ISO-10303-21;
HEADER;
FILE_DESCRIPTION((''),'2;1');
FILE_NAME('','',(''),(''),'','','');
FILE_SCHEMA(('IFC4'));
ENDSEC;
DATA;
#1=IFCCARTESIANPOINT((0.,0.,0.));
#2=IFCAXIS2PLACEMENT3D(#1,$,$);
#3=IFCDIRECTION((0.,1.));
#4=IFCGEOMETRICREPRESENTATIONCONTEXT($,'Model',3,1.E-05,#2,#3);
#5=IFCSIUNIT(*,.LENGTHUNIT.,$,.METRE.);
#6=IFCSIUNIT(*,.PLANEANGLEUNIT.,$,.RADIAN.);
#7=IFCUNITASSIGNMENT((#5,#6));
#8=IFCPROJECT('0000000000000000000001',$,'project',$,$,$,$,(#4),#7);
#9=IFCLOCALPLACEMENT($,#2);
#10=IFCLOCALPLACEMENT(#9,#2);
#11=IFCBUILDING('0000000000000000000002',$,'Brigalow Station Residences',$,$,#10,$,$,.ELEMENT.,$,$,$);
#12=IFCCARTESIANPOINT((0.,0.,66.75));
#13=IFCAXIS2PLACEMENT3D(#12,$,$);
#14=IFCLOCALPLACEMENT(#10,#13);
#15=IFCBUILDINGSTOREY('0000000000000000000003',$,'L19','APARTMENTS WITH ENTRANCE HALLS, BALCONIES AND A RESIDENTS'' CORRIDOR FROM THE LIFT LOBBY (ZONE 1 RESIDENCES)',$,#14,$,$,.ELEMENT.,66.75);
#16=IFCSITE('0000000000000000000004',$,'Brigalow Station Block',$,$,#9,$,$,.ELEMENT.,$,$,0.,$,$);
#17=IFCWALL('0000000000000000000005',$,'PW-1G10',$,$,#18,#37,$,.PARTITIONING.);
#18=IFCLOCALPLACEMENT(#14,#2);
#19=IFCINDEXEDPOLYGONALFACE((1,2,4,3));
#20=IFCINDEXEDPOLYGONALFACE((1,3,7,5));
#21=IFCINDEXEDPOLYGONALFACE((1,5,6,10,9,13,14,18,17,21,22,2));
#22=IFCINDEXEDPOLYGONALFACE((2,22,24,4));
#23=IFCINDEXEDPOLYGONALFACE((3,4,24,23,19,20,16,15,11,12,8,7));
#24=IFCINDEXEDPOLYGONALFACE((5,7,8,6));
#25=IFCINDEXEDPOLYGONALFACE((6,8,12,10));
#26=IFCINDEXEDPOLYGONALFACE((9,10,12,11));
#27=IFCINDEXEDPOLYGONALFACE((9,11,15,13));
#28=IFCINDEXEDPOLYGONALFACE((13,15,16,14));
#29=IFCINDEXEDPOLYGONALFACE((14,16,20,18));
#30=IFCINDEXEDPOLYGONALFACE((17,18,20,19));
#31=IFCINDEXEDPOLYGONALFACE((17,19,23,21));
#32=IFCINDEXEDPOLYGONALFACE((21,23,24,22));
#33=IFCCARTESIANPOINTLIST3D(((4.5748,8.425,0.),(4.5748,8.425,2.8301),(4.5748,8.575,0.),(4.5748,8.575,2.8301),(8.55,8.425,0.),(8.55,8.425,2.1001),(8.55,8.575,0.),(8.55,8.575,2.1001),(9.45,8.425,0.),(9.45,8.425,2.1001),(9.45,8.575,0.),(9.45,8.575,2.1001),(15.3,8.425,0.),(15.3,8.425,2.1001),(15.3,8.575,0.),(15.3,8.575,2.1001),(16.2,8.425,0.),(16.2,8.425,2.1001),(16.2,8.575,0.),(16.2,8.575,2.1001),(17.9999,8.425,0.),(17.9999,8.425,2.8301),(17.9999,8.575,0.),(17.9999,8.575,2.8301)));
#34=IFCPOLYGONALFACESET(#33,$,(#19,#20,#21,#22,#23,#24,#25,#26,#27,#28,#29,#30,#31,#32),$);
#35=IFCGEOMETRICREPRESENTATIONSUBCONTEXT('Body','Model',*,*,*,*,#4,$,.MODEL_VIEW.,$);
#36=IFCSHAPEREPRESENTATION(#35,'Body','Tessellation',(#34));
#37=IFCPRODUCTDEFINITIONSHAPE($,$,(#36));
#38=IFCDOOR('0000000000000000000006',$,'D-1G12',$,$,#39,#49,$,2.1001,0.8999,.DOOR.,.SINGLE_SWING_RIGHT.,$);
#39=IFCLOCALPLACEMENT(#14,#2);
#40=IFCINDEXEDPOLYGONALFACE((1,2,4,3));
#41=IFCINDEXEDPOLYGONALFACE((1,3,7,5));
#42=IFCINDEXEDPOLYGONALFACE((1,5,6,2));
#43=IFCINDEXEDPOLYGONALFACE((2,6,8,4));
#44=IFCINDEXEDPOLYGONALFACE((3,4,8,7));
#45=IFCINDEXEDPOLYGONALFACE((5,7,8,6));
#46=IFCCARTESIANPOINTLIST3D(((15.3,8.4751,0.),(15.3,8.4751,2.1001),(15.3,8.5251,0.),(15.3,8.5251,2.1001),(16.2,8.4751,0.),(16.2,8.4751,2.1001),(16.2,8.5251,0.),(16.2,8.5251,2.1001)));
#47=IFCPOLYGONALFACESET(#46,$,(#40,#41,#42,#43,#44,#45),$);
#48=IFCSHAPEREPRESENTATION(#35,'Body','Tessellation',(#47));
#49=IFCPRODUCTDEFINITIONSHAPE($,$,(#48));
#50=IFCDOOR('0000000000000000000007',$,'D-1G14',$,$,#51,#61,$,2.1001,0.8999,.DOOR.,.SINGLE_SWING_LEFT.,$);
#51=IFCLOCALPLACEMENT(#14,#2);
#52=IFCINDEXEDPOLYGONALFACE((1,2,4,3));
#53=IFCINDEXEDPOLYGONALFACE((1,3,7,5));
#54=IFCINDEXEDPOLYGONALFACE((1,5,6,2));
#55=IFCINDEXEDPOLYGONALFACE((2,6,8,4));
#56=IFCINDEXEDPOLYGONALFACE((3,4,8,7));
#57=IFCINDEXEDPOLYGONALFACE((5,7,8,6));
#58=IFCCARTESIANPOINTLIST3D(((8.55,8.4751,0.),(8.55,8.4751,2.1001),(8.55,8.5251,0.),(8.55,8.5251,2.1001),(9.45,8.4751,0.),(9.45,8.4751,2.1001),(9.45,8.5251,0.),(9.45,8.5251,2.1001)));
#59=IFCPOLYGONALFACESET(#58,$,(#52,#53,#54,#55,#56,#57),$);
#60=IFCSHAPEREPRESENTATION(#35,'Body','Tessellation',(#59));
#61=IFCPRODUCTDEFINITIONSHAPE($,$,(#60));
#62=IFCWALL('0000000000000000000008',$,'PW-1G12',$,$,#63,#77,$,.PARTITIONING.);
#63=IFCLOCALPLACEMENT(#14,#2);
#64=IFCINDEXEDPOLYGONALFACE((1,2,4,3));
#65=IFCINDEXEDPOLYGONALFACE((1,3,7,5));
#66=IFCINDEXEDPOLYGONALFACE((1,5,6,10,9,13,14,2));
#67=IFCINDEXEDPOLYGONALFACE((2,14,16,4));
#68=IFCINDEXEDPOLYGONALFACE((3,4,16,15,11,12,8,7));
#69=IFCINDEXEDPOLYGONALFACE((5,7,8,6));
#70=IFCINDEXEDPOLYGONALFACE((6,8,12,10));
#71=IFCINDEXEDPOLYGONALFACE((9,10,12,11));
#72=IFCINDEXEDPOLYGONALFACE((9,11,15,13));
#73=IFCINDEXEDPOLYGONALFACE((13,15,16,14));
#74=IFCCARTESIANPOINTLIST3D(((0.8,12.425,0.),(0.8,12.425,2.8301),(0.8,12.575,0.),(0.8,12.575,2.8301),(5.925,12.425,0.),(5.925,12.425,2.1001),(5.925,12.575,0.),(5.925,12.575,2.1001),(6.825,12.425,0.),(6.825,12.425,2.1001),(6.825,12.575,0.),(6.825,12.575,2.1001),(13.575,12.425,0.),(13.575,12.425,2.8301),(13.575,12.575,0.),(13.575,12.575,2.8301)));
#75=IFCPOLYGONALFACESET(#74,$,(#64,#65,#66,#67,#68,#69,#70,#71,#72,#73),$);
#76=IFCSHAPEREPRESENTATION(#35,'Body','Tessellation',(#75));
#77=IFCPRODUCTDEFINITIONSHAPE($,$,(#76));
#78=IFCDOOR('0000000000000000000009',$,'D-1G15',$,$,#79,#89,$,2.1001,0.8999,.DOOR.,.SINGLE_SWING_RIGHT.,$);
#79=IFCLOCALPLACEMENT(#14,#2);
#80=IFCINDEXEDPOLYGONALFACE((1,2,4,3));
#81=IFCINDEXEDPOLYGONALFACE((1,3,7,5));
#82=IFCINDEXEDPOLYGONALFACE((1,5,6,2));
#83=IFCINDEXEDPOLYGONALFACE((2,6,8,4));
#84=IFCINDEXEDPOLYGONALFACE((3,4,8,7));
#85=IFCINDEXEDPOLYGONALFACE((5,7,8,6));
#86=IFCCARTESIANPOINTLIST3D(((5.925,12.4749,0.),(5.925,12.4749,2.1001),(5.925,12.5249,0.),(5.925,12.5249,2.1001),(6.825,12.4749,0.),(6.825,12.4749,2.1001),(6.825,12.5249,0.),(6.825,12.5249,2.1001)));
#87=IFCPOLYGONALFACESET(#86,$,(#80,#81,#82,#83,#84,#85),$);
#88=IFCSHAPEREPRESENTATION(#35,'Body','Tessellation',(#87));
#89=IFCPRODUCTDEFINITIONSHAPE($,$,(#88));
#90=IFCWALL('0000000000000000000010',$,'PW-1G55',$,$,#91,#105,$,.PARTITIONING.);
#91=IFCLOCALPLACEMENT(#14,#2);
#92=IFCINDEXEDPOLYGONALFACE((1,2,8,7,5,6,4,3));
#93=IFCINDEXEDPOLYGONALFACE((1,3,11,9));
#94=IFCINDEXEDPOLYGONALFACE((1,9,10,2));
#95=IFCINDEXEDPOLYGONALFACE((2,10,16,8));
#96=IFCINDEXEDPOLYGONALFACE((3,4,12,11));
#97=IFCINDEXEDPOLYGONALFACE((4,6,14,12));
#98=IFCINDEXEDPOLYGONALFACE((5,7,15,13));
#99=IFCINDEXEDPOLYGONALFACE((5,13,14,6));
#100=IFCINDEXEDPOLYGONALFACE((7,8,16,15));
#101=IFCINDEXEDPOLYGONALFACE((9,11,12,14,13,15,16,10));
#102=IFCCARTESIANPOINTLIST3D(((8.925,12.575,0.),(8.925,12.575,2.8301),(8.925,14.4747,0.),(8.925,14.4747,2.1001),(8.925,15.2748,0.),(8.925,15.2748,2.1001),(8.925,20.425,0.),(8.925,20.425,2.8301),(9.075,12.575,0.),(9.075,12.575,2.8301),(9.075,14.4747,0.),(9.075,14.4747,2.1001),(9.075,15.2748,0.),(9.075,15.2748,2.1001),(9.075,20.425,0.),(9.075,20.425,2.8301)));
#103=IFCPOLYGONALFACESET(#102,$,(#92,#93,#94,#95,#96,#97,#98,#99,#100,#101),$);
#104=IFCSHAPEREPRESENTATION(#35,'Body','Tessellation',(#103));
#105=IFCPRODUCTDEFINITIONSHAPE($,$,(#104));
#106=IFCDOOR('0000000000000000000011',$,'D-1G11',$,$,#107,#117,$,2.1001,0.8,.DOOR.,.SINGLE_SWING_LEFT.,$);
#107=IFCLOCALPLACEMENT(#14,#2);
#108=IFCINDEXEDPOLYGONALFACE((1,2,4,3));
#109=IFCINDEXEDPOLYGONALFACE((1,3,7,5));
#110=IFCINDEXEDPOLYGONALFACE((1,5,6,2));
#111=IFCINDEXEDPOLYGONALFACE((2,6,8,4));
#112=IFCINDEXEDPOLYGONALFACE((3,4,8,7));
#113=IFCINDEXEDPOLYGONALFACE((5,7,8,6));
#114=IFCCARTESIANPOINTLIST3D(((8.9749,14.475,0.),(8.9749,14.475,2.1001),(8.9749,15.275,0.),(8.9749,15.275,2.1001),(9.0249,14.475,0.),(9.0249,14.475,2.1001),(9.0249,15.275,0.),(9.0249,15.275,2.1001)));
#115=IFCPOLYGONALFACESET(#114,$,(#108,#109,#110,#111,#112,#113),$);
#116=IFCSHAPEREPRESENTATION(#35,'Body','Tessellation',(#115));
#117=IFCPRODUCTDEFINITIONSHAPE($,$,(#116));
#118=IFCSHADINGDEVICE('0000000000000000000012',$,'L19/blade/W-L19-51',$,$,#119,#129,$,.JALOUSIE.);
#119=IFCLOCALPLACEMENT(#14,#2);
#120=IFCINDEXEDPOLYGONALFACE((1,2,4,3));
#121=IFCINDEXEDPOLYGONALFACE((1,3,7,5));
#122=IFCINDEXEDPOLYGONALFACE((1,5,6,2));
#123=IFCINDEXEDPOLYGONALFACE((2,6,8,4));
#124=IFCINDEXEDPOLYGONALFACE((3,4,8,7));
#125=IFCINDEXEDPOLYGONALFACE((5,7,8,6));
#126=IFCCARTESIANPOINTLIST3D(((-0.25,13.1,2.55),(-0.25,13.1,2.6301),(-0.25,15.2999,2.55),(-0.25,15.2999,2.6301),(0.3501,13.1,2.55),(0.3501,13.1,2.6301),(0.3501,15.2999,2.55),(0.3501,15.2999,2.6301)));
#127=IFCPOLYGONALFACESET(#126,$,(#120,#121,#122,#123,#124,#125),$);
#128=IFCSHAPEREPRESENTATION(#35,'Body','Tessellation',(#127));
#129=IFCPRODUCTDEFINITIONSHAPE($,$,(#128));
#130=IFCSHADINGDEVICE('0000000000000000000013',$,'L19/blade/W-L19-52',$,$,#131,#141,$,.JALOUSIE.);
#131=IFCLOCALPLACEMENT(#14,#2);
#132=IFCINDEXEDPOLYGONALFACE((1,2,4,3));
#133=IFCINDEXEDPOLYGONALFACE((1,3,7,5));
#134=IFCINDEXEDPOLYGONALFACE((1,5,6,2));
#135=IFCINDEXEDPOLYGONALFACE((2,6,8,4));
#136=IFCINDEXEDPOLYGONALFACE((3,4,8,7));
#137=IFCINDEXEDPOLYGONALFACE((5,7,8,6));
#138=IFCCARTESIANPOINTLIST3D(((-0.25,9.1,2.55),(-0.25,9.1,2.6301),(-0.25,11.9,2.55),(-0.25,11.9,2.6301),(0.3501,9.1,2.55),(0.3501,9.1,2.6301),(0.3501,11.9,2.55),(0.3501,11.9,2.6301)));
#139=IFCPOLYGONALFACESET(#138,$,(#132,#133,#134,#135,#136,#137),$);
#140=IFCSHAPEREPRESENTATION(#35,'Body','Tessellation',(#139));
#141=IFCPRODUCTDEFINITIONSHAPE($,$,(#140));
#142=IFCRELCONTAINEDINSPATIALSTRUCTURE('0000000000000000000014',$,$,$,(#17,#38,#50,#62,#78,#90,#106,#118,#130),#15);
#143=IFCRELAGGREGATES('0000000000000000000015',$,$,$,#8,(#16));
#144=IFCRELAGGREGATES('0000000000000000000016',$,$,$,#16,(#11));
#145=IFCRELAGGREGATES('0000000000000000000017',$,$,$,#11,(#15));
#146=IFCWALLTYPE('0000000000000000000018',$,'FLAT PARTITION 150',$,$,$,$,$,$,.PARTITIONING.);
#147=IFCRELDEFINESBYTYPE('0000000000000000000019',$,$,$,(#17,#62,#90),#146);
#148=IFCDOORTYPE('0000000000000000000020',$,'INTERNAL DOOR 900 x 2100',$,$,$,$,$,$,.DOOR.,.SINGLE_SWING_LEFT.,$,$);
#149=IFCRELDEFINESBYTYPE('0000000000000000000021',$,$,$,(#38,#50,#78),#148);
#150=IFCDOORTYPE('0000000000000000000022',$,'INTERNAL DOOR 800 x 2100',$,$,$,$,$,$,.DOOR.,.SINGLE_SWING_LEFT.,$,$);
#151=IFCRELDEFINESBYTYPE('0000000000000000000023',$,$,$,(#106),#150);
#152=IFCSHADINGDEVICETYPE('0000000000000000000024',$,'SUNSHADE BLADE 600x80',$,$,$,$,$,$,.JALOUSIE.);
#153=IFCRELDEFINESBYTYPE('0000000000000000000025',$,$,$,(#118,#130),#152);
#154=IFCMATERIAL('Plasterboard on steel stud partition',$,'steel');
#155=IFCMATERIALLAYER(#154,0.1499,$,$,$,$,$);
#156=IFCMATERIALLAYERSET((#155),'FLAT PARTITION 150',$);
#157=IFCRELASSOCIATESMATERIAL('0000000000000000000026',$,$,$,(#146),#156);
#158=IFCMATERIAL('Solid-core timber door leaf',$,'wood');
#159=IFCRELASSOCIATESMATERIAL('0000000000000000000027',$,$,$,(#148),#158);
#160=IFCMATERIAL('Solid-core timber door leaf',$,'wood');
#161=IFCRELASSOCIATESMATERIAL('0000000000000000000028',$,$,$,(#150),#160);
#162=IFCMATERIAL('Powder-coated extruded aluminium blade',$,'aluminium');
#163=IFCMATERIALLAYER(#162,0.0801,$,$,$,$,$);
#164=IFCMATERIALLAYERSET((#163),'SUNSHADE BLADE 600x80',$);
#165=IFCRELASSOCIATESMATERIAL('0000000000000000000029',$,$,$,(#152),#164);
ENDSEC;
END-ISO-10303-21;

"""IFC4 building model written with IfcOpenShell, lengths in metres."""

from ifc_helpers import new_model, si_unit, direction, frame, frame_2d, origin, origin_2d, place, context, subcontext, project, spatial, rectangle, extrude, material, layer, layer_set, type_object, element, fill, save


model = new_model("IFC4")

# Units and contexts
model_context = context("Model", 3, precision=1e-05, world=origin(), true_north=direction((0.0, 1.0)))
body_context = subcontext(model_context, "Body", "Model", "MODEL_VIEW")
ifc_project = project(units=[si_unit("LENGTHUNIT", "METRE"), si_unit("PLANEANGLEUNIT", "RADIAN")], contexts=[model_context])

# Site, building, storey
site_placement = place(None, origin())
site = spatial("IfcSite", under=ifc_project, at=site_placement, Name="Brigalow Station Block", CompositionType="ELEMENT", RefElevation=0.0)
building_placement = place(site_placement, origin())
building = spatial("IfcBuilding", under=site, at=building_placement, Name="Brigalow Station Residences", CompositionType="ELEMENT")
storey_placement = place(building_placement, frame((0.0, 0.0, 66.75)))
storey = spatial("IfcBuildingStorey", under=building, at=storey_placement, Name="L19", Description="APARTMENTS WITH ENTRANCE HALLS, BALCONIES AND A RESIDENTS' CORRIDOR FROM THE LIFT LOBBY (ZONE 1 RESIDENCES)", CompositionType="ELEMENT", Elevation=66.75)

# Wall, openings, doors
ifc_material_1 = material(Name="Plasterboard on steel stud partition", Category="steel")
ifc_layer_1 = layer(ifc_material_1, 0.1499)
ifc_layer_set_1 = layer_set([ifc_layer_1], Name="FLAT PARTITION 150")
wall_type_1 = type_object("IfcWallType", Name="FLAT PARTITION 150", PredefinedType="PARTITIONING", material=ifc_layer_set_1)
wall_1_placement = place(storey_placement, frame((4.575, 8.5, 0.0), z_axis=(0.0, 0.0, 1.0), x_axis=(1.0, 0.0, 0.0)))
wall_1 = element("IfcWall", 1, at=wall_1_placement, inside=storey, type_object=wall_type_1, Name="PW-1G10", PredefinedType="PARTITIONING", context=body_context, shape_type="SweptSolid", body=[
    extrude(rectangle(XDim=13.425, YDim=0.1499, at=frame_2d((6.7124, 0.0))), origin(), (0.0, 0.0, 1.0), 2.8301),
])
opening_1_placement = place(wall_1_placement, frame((10.7251, 0.0, 0.0)))
opening_1 = element("IfcOpeningElement", 2, at=opening_1_placement, cuts=wall_1, PredefinedType="OPENING", context=body_context, shape_type="SweptSolid", body=[
    extrude(rectangle(XDim=0.8999, YDim=2.1001, at=frame_2d((0.45, 1.05))), frame((0.0, 0.085, 0.0), z_axis=(0.0, -1.0, 0.0), x_axis=(1.0, 0.0, 0.0)), (0.0, 0.0, 1.0), 0.1699),
])
opening_2_placement = place(wall_1_placement, frame((3.9751, 0.0, 0.0)))
opening_2 = element("IfcOpeningElement", 3, at=opening_2_placement, cuts=wall_1, PredefinedType="OPENING", context=body_context, shape_type="SweptSolid", body=[
    extrude(rectangle(XDim=0.8999, YDim=2.1001, at=frame_2d((0.45, 1.05))), frame((0.0, 0.085, 0.0), z_axis=(0.0, -1.0, 0.0), x_axis=(1.0, 0.0, 0.0)), (0.0, 0.0, 1.0), 0.1699),
])
ifc_material_2 = material(Name="Solid-core timber door leaf", Category="wood")
door_type_1 = type_object("IfcDoorType", Name="INTERNAL DOOR 900 x 2100", OperationType="SINGLE_SWING_LEFT", PredefinedType="DOOR", material=ifc_material_2)
door_1_placement = place(opening_1_placement, frame((0.8999, 0.0, 0.0), z_axis=(0.0, 0.0, 1.0), x_axis=(-1.0, 0.0, 0.0)))
door_1 = element("IfcDoor", 4, at=door_1_placement, inside=storey, type_object=door_type_1, Name="D-1G12", OperationType="SINGLE_SWING_RIGHT", OverallHeight=2.1001, OverallWidth=0.8999, PredefinedType="DOOR", context=body_context, shape_type="SweptSolid", body=[
    extrude(rectangle(XDim=0.8999, YDim=2.1001, at=frame_2d((0.45, 1.05))), frame((0.0, 0.0249, 0.0), z_axis=(0.0, -1.0, 0.0), x_axis=(1.0, 0.0, 0.0)), (0.0, 0.0, 1.0), 0.05),
])
fill(opening_1, door_1)
door_2_placement = place(opening_2_placement, frame((0.8999, 0.0, 0.0), z_axis=(0.0, 0.0, 1.0), x_axis=(-1.0, 0.0, 0.0)))
door_2 = element("IfcDoor", 5, at=door_2_placement, inside=storey, type_object=door_type_1, Name="D-1G14", OperationType="SINGLE_SWING_LEFT", OverallHeight=2.1001, OverallWidth=0.8999, PredefinedType="DOOR", context=body_context, shape_type="SweptSolid", body=[
    extrude(rectangle(XDim=0.8999, YDim=2.1001, at=frame_2d((0.45, 1.05))), frame((0.0, 0.0249, 0.0), z_axis=(0.0, -1.0, 0.0), x_axis=(1.0, 0.0, 0.0)), (0.0, 0.0, 1.0), 0.05),
])
fill(opening_2, door_2)

# Walls, openings, doors
wall_2_placement = place(storey_placement, frame((0.8, 12.5, 0.0), z_axis=(0.0, 0.0, 1.0), x_axis=(1.0, 0.0, 0.0)))
wall_2 = element("IfcWall", 6, at=wall_2_placement, inside=storey, type_object=wall_type_1, Name="PW-1G12", PredefinedType="PARTITIONING", context=body_context, shape_type="SweptSolid", body=[
    extrude(rectangle(XDim=12.7749, YDim=0.1499, at=frame_2d((6.3875, 0.0))), origin(), (0.0, 0.0, 1.0), 2.8301),
])
opening_3_placement = place(wall_2_placement, frame((5.125, 0.0, 0.0)))
opening_3 = element("IfcOpeningElement", 7, at=opening_3_placement, cuts=wall_2, PredefinedType="OPENING", context=body_context, shape_type="SweptSolid", body=[
    extrude(rectangle(XDim=0.8999, YDim=2.1001, at=frame_2d((0.45, 1.05))), frame((0.0, 0.085, 0.0), z_axis=(0.0, -1.0, 0.0), x_axis=(1.0, 0.0, 0.0)), (0.0, 0.0, 1.0), 0.1699),
])
door_3_placement = place(opening_3_placement, origin())
door_3 = element("IfcDoor", 8, at=door_3_placement, inside=storey, type_object=door_type_1, Name="D-1G15", OperationType="SINGLE_SWING_RIGHT", OverallHeight=2.1001, OverallWidth=0.8999, PredefinedType="DOOR", context=body_context, shape_type="SweptSolid", body=[
    extrude(rectangle(XDim=0.8999, YDim=2.1001, at=frame_2d((0.45, 1.05))), frame((0.0, 0.0249, 0.0), z_axis=(0.0, -1.0, 0.0), x_axis=(1.0, 0.0, 0.0)), (0.0, 0.0, 1.0), 0.05),
])
fill(opening_3, door_3)
wall_3_placement = place(storey_placement, frame((9.0, 12.575, 0.0), z_axis=(0.0, 0.0, 1.0), x_axis=(0.0, 1.0, 0.0)))
wall_3 = element("IfcWall", 9, at=wall_3_placement, inside=storey, type_object=wall_type_1, Name="PW-1G55", PredefinedType="PARTITIONING", context=body_context, shape_type="SweptSolid", body=[
    extrude(rectangle(XDim=7.8501, YDim=0.1499, at=frame_2d((3.925, 0.0))), origin(), (0.0, 0.0, 1.0), 2.8301),
])
opening_4_placement = place(wall_3_placement, frame((1.8999, 0.0, 0.0)))
opening_4 = element("IfcOpeningElement", 10, at=opening_4_placement, cuts=wall_3, PredefinedType="OPENING", context=body_context, shape_type="SweptSolid", body=[
    extrude(rectangle(XDim=0.8, YDim=2.1001, at=frame_2d((0.3999, 1.05))), frame((0.0, 0.085, 0.0), z_axis=(0.0, -1.0, 0.0), x_axis=(1.0, 0.0, 0.0)), (0.0, 0.0, 1.0), 0.1699),
])
ifc_material_3 = material(Name="Solid-core timber door leaf", Category="wood")
door_type_2 = type_object("IfcDoorType", Name="INTERNAL DOOR 800 x 2100", OperationType="SINGLE_SWING_LEFT", PredefinedType="DOOR", material=ifc_material_3)
door_4_placement = place(opening_4_placement, frame((0.8, 0.0, 0.0), z_axis=(0.0, 0.0, 1.0), x_axis=(-1.0, 0.0, 0.0)))
door_4 = element("IfcDoor", 11, at=door_4_placement, inside=storey, type_object=door_type_2, Name="D-1G11", OperationType="SINGLE_SWING_LEFT", OverallHeight=2.1001, OverallWidth=0.8, PredefinedType="DOOR", context=body_context, shape_type="SweptSolid", body=[
    extrude(rectangle(XDim=0.8, YDim=2.1001, at=frame_2d((0.3999, 1.05))), frame((0.0, 0.0249, 0.0), z_axis=(0.0, -1.0, 0.0), x_axis=(1.0, 0.0, 0.0)), (0.0, 0.0, 1.0), 0.05),
])
fill(opening_4, door_4)

# Shading devices
ifc_material_4 = material(Name="Powder-coated extruded aluminium blade", Category="aluminium")
ifc_layer_2 = layer(ifc_material_4, 0.0801)
ifc_layer_set_2 = layer_set([ifc_layer_2], Name="SUNSHADE BLADE 600x80")
shading_device_type = type_object("IfcShadingDeviceType", Name="SUNSHADE BLADE 600x80", PredefinedType="JALOUSIE", material=ifc_layer_set_2)
shading_device_1_placement = place(storey_placement, frame((0.05, 14.2, 2.55), z_axis=(0.0, 0.0, 1.0), x_axis=(0.0, -1.0, 0.0)))
element("IfcShadingDevice", 12, at=shading_device_1_placement, inside=storey, type_object=shading_device_type, Name="L19/blade/W-L19-51", PredefinedType="JALOUSIE", context=body_context, shape_type="SweptSolid", body=[
    extrude(rectangle(XDim=2.2, YDim=0.6001, at=origin_2d()), origin(), (0.0, 0.0, 1.0), 0.0801),
])
shading_device_2_placement = place(storey_placement, frame((0.05, 10.5, 2.55), z_axis=(0.0, 0.0, 1.0), x_axis=(0.0, -1.0, 0.0)))
element("IfcShadingDevice", 13, at=shading_device_2_placement, inside=storey, type_object=shading_device_type, Name="L19/blade/W-L19-52", PredefinedType="JALOUSIE", context=body_context, shape_type="SweptSolid", body=[
    extrude(rectangle(XDim=2.8, YDim=0.6001, at=origin_2d()), origin(), (0.0, 0.0, 1.0), 0.0801),
])

save(model, "model.ifc")
